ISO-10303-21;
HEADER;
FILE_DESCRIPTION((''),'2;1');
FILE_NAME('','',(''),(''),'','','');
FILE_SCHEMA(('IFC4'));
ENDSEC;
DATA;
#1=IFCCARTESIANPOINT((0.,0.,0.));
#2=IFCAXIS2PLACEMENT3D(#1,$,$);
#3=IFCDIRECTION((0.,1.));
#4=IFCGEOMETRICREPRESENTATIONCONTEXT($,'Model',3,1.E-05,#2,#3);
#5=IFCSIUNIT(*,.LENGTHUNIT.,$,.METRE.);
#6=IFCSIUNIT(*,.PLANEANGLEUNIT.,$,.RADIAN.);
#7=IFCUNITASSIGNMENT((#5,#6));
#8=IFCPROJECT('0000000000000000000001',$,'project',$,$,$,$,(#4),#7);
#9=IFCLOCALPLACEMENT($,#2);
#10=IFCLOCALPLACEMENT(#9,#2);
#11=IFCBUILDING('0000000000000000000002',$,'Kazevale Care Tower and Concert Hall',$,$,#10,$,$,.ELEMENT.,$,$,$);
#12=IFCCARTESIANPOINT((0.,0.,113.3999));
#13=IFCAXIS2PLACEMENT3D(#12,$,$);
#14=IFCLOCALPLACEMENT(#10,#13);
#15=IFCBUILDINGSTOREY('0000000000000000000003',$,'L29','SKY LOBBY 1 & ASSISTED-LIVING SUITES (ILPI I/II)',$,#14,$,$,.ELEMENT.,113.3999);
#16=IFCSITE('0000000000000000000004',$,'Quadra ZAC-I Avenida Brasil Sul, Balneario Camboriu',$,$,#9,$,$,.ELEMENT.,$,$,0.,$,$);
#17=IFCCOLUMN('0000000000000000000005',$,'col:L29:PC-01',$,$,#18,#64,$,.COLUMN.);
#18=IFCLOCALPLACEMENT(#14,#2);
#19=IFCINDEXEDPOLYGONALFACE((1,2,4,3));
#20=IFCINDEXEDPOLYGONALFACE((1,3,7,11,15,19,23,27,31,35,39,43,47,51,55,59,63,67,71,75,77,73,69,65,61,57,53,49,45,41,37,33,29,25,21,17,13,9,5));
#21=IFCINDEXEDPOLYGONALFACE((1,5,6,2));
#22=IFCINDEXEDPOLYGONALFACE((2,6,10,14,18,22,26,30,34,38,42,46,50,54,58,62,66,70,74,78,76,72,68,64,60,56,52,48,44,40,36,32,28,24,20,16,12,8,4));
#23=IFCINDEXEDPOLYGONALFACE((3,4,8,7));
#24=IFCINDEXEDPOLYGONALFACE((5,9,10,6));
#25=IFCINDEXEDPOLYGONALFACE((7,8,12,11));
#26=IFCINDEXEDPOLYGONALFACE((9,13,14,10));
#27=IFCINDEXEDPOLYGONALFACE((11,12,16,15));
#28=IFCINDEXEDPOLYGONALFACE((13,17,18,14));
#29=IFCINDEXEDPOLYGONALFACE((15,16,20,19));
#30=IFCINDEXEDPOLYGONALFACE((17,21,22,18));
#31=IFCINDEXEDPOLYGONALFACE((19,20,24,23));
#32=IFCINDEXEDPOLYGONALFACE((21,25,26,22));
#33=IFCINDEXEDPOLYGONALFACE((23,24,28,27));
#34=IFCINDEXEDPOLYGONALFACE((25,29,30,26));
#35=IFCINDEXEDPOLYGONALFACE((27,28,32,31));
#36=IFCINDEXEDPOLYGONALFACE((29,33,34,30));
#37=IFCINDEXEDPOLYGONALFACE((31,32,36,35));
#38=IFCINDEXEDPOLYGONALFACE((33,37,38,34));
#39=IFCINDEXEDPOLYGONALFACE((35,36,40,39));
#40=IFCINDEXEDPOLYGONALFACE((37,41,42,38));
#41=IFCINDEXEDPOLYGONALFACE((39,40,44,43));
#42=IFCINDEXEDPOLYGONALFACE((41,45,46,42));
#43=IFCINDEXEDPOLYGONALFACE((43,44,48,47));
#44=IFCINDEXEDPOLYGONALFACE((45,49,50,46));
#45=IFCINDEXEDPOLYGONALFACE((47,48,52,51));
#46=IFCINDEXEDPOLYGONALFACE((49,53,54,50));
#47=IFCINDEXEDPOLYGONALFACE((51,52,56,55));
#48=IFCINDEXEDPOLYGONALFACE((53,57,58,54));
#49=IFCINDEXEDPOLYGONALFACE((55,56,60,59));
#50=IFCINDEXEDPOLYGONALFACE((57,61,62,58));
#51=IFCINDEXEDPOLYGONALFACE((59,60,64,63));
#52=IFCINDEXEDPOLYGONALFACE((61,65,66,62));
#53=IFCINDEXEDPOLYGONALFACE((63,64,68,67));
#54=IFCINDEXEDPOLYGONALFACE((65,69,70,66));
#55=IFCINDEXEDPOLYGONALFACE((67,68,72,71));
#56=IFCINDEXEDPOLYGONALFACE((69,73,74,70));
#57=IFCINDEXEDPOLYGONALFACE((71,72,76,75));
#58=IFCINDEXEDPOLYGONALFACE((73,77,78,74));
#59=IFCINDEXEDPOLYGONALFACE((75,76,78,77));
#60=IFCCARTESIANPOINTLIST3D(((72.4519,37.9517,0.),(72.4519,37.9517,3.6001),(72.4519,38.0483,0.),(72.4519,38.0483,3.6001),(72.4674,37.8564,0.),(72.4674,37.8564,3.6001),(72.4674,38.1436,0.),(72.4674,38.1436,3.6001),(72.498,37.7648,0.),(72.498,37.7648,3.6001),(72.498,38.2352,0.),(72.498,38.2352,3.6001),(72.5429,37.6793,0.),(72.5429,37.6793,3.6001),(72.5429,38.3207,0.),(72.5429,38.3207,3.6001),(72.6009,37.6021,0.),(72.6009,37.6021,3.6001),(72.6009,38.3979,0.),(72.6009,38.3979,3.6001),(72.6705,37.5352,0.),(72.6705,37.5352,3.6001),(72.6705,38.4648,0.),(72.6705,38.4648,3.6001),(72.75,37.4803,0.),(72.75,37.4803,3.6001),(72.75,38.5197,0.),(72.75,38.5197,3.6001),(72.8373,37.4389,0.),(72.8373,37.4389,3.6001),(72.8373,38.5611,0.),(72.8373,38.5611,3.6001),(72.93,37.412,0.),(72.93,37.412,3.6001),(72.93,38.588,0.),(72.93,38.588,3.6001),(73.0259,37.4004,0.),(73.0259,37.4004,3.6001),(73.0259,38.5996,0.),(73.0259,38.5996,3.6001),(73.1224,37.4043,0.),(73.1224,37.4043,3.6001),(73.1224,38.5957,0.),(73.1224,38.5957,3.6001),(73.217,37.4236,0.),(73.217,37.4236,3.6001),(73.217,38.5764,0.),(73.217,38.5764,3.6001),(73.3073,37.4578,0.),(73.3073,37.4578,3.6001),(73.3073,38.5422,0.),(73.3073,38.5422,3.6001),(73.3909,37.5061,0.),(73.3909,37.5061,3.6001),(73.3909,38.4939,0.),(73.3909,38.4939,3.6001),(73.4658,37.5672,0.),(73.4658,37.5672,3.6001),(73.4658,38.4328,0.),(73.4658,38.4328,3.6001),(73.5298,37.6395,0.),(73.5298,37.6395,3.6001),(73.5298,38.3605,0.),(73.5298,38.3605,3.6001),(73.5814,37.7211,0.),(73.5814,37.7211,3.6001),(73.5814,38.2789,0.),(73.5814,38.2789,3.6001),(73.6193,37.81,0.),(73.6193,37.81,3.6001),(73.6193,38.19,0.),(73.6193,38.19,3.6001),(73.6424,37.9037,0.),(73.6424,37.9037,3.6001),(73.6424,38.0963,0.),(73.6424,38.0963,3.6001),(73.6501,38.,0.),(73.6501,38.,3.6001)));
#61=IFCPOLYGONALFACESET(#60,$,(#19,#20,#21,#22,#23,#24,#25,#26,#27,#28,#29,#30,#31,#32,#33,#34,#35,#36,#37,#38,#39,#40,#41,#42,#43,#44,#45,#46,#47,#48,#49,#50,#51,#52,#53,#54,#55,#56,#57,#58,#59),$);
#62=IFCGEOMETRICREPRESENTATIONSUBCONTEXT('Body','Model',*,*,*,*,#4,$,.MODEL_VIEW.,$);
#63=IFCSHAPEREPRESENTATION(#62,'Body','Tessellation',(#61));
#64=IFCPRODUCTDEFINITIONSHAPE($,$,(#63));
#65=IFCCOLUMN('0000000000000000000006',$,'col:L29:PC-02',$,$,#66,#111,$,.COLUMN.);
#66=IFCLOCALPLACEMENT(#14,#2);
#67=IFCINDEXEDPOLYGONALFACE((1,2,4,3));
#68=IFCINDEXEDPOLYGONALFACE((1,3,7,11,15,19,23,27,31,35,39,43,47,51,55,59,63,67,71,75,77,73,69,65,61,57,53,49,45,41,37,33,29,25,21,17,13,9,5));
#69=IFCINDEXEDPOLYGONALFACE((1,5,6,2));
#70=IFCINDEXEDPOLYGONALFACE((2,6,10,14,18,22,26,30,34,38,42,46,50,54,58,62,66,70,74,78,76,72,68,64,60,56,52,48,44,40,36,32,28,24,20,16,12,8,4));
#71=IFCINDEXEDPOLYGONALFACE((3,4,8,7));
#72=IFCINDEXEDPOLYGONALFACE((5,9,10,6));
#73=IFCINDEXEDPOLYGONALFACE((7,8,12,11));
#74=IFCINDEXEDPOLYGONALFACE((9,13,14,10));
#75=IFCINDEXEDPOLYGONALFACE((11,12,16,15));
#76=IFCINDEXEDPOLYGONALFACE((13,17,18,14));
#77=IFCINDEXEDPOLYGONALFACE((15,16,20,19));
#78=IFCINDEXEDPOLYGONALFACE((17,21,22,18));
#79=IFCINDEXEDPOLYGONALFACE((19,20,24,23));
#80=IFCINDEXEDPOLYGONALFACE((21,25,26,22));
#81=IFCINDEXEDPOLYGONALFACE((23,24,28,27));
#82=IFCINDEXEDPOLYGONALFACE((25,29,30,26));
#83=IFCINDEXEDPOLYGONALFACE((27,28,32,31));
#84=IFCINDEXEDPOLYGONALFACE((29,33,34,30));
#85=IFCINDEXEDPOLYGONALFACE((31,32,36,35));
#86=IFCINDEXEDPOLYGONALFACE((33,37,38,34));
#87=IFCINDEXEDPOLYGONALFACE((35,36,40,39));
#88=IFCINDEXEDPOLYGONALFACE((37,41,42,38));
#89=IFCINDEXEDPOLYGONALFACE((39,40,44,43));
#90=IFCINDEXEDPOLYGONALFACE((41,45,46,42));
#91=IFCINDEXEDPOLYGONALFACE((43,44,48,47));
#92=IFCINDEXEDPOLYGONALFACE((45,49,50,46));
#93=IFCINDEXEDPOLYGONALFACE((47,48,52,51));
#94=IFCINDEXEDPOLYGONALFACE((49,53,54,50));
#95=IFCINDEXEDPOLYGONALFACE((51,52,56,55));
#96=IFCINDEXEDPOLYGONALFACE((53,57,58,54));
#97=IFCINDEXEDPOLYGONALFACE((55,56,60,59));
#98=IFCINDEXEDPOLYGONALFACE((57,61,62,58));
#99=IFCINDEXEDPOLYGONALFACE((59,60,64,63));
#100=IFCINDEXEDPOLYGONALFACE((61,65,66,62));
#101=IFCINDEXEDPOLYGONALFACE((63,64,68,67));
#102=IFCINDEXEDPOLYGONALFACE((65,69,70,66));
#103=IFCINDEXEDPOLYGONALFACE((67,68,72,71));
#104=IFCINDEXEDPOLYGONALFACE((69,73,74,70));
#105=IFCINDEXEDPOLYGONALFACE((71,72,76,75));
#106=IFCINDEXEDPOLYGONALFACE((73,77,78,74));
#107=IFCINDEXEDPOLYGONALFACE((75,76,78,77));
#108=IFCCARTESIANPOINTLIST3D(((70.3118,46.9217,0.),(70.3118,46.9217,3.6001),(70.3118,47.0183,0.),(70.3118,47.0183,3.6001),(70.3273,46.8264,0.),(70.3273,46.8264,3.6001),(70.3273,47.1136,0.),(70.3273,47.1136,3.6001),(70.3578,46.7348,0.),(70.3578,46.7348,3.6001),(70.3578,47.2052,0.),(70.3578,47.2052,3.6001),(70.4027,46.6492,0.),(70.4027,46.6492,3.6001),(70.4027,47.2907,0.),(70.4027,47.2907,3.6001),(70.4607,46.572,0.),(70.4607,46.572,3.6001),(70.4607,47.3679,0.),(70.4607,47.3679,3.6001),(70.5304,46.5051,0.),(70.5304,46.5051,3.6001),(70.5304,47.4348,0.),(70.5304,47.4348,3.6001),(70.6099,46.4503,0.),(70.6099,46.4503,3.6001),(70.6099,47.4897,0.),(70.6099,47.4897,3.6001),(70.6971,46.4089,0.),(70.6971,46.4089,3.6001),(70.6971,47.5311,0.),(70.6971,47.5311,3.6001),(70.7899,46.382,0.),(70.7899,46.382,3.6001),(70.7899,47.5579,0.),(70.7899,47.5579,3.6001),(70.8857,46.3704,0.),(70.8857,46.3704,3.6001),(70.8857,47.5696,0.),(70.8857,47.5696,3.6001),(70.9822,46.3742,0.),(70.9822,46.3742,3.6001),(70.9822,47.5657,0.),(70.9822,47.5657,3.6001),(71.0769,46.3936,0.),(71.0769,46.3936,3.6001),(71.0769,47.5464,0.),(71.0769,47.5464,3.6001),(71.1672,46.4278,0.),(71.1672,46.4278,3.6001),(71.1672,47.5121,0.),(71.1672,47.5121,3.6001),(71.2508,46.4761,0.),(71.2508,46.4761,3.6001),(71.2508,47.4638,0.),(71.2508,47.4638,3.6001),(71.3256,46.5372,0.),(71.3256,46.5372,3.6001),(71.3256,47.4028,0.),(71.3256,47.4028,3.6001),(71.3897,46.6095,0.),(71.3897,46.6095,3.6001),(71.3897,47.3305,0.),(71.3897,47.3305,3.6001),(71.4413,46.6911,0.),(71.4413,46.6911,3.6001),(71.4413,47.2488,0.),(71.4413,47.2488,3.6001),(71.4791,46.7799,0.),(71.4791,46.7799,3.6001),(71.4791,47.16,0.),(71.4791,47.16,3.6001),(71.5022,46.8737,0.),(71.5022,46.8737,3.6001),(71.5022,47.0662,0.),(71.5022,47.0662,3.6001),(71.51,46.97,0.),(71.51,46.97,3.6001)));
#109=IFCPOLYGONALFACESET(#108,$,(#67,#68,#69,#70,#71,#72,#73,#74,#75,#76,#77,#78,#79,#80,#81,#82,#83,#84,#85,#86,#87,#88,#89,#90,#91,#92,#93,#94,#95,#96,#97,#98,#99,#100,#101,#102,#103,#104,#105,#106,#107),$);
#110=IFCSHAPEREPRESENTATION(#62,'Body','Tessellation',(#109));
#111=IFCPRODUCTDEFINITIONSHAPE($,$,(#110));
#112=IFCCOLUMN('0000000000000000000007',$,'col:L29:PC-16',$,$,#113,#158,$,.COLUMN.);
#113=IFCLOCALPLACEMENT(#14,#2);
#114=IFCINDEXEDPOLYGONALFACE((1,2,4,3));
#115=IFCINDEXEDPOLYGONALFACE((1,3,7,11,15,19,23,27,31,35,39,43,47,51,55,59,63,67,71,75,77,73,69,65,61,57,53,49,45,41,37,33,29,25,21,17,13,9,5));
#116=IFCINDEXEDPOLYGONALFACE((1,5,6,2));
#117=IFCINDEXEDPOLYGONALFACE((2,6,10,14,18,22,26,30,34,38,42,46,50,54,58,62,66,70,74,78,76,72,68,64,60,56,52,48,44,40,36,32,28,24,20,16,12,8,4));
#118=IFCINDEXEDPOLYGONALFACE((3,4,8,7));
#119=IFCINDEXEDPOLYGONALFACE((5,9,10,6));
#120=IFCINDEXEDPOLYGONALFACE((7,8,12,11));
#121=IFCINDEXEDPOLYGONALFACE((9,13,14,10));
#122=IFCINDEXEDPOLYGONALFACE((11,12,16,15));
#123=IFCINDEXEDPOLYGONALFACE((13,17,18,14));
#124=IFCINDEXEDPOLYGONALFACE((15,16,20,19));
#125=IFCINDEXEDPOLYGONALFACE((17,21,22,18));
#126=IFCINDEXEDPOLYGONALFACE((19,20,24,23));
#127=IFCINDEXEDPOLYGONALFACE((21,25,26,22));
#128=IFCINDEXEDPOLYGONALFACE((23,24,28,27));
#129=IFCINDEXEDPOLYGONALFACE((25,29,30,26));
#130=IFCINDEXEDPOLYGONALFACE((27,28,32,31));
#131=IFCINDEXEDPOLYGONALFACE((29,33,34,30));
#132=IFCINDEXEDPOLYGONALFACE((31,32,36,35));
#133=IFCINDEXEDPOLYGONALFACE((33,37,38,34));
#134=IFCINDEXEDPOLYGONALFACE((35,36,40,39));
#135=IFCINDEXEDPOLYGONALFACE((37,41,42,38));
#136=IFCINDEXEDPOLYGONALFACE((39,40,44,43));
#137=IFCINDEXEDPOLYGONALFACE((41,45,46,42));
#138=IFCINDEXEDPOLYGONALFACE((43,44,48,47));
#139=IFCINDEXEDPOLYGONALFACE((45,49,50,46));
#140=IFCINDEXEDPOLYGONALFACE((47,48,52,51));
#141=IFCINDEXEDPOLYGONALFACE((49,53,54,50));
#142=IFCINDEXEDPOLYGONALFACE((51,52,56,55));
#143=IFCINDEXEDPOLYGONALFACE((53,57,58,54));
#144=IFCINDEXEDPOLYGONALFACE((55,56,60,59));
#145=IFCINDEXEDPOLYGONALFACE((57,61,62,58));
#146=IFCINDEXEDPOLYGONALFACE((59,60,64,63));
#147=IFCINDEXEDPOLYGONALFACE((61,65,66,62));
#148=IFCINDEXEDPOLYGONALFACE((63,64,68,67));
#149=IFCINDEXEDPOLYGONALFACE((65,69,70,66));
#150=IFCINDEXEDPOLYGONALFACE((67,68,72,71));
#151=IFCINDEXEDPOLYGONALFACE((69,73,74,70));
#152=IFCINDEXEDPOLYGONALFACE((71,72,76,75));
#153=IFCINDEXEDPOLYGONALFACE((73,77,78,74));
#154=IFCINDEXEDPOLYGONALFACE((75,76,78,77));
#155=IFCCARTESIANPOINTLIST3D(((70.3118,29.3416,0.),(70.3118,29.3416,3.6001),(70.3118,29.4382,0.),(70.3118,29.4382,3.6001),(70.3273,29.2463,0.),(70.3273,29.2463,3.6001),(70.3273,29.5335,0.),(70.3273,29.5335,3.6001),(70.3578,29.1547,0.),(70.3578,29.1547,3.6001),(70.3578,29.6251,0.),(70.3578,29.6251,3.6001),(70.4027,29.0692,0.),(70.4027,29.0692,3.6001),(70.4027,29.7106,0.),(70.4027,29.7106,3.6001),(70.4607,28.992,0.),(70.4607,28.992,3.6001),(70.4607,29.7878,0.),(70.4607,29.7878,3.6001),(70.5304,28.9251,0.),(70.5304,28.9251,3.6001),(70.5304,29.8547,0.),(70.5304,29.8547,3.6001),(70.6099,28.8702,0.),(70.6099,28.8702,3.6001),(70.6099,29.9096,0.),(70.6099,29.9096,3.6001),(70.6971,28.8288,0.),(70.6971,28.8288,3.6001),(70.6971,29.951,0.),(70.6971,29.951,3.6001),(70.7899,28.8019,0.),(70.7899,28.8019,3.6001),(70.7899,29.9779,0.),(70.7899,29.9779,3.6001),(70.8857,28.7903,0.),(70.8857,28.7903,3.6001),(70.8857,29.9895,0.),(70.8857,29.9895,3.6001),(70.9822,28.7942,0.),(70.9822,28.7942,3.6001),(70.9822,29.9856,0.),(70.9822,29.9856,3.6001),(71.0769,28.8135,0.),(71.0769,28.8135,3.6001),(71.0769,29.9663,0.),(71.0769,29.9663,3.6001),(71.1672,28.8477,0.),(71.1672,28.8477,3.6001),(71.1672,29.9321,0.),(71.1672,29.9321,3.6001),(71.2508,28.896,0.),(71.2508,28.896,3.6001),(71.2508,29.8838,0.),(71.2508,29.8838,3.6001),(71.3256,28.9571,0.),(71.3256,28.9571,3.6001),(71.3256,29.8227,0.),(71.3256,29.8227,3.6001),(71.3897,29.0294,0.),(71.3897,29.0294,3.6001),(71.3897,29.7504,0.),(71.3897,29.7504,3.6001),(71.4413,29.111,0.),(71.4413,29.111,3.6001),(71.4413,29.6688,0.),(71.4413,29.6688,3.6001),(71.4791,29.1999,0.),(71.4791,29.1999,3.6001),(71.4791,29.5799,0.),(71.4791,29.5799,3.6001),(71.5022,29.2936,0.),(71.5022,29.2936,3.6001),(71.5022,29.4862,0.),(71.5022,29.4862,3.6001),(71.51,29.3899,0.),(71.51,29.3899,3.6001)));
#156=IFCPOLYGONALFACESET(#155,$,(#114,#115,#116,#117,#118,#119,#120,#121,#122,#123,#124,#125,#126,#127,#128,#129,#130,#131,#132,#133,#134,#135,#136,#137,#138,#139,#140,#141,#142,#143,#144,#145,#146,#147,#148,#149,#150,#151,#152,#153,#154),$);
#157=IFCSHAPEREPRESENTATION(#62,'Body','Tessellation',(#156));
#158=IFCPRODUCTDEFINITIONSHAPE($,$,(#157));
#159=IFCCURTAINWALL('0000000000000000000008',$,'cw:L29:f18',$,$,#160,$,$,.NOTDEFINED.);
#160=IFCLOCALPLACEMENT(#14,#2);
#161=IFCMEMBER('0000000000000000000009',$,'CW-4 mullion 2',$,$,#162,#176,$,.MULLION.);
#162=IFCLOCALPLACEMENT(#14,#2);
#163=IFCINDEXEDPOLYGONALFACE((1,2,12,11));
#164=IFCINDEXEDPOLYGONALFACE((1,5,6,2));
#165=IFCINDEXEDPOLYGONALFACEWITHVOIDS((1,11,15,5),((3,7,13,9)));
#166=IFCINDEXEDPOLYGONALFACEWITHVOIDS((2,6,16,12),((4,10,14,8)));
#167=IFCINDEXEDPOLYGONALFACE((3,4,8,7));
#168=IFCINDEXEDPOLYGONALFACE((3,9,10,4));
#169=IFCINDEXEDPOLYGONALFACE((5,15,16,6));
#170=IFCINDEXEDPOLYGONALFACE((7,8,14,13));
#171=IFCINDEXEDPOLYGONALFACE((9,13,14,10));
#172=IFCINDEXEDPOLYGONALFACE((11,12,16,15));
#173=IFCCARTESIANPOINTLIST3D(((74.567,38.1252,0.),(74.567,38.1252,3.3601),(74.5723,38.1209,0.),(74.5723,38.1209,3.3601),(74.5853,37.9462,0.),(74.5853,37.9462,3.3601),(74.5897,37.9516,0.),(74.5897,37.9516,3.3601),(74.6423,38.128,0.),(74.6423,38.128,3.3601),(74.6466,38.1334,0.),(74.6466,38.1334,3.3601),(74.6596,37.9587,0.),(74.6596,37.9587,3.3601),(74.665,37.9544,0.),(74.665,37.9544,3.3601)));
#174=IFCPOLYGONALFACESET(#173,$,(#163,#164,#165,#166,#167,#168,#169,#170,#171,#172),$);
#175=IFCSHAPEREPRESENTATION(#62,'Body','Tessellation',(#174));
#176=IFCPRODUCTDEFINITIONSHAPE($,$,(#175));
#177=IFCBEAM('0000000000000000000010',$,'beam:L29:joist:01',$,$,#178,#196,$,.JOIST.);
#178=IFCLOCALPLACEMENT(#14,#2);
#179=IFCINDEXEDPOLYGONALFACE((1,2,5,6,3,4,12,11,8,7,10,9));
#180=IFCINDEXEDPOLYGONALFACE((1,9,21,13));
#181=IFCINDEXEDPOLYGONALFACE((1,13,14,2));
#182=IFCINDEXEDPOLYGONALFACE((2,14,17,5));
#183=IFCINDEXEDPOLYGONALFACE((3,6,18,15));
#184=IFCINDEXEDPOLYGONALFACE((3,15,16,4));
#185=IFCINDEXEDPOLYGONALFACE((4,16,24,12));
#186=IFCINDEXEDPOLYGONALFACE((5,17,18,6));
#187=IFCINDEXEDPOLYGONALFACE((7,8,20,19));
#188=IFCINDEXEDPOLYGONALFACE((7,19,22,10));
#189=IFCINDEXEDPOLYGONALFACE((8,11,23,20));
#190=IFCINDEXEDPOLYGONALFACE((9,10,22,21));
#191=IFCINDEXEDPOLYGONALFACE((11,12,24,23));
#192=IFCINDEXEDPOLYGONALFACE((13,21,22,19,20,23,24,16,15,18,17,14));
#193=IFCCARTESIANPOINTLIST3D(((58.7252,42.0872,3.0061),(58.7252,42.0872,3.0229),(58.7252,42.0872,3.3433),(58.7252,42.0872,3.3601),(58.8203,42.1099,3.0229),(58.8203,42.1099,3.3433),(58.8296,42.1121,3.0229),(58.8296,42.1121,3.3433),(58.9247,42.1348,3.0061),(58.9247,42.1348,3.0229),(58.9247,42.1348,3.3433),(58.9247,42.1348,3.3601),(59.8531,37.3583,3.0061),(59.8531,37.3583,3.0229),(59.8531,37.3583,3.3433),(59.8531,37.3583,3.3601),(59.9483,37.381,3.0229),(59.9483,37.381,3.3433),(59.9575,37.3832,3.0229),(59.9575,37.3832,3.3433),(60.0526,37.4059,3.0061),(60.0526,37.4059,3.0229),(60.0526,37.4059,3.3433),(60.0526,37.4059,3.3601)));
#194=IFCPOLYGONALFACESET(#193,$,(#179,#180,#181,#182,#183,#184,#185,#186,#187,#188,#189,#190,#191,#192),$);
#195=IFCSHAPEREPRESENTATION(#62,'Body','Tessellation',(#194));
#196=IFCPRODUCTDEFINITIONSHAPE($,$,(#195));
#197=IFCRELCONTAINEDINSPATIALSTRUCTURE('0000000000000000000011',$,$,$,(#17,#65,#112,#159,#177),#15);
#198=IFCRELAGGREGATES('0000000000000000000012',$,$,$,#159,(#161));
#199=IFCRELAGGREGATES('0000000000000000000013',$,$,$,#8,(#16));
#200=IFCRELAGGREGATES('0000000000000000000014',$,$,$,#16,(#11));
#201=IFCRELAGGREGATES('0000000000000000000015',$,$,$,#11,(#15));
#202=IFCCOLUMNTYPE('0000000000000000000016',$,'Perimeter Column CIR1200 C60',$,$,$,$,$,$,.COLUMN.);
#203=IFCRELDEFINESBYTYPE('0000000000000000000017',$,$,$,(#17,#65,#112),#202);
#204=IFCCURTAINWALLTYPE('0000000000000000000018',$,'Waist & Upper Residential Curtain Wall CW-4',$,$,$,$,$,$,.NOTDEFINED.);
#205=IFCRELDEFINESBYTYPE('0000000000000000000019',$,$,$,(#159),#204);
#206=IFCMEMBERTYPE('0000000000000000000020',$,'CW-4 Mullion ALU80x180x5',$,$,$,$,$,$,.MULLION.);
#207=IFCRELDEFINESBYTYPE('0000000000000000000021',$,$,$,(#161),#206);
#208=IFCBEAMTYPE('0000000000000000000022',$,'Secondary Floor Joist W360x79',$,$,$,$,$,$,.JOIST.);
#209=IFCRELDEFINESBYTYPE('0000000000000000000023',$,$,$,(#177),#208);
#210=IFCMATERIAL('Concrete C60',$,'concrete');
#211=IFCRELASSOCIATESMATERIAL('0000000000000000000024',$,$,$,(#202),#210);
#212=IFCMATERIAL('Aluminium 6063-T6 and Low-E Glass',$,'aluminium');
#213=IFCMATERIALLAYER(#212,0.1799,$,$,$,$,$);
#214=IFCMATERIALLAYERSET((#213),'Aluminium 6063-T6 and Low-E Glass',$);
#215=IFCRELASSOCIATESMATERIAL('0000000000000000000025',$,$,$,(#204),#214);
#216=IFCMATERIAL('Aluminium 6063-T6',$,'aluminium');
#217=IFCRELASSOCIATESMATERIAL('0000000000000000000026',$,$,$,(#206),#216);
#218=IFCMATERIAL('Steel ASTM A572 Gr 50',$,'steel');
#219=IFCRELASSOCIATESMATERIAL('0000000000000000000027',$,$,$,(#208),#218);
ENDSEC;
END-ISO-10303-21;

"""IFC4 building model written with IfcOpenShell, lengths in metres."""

from ifc_helpers import new_model, si_unit, direction, frame, origin, origin_2d, place, context, subcontext, project, spatial, hollow_rectangle, circle, i_section, extrude, material, layer, layer_set, material_profile, profile_set, type_object, element, aggregate, save


model = new_model("IFC4")

# Units and contexts
model_context = context("Model", 3, precision=1e-05, world=origin(), true_north=direction((0.0, 1.0)))
body_context = subcontext(model_context, "Body", "Model", "MODEL_VIEW")
ifc_project = project(units=[si_unit("LENGTHUNIT", "METRE"), si_unit("PLANEANGLEUNIT", "RADIAN")], contexts=[model_context])

# Site, building, storey
site_placement = place(None, origin())
site = spatial("IfcSite", under=ifc_project, at=site_placement, Name="Quadra ZAC-I Avenida Brasil Sul, Balneario Camboriu", CompositionType="ELEMENT", RefElevation=0.0)
building_placement = place(site_placement, origin())
building = spatial("IfcBuilding", under=site, at=building_placement, Name="Kazevale Care Tower and Concert Hall", CompositionType="ELEMENT")
storey_placement = place(building_placement, frame((0.0, 0.0, 113.3999)))
storey = spatial("IfcBuildingStorey", under=building, at=storey_placement, Name="L29", Description="SKY LOBBY 1 & ASSISTED-LIVING SUITES (ILPI I/II)", CompositionType="ELEMENT", Elevation=113.3999)

# Columns
ifc_material_1 = material(Name="Concrete C60", Category="concrete")
ifc_material_profile_1 = material_profile(ifc_material_1, circle(Radius=0.6001, at=origin_2d()), Name="RC-CIR1200")
ifc_profile_set_1 = profile_set([ifc_material_profile_1], Name="Concrete C60")
column_type = type_object("IfcColumnType", Name="Perimeter Column CIR1200 C60", PredefinedType="COLUMN", material=ifc_profile_set_1)
for number, where, z_axis, x_axis, name in (
    (1, (73.05, 38.0, 0.0), (0.0, 0.0, 1.0), (1.0, 0.0, 0.0), "col:L29:PC-01"),
    (2, (70.9099, 46.97, 0.0), (0.0, 0.0, 1.0), (1.0, 0.0, 0.0), "col:L29:PC-02"),
    (3, (70.9099, 29.3899, 0.0), (0.0, 0.0, 1.0), (1.0, 0.0, 0.0), "col:L29:PC-16"),
):
    element("IfcColumn", number, at=place(storey_placement, frame(where, z_axis=z_axis, x_axis=x_axis)), inside=storey, type_object=column_type, Name=name, PredefinedType="COLUMN", context=body_context, shape_type="SweptSolid", body=[
        extrude(circle(Radius=0.6001, at=origin_2d()), origin(), (0.0, 0.0, 1.0), 3.6001),
    ])

# Curtain wall, member
ifc_material_2 = material(Name="Aluminium 6063-T6 and Low-E Glass", Category="aluminium")
ifc_layer_1 = layer(ifc_material_2, 0.1799)
ifc_layer_set_1 = layer_set([ifc_layer_1], Name="Aluminium 6063-T6 and Low-E Glass")
curtain_wall_type = type_object("IfcCurtainWallType", Name="Waist & Upper Residential Curtain Wall CW-4", PredefinedType="NOTDEFINED", material=ifc_layer_set_1)
curtain_wall_placement = place(storey_placement, origin())
curtain_wall = element("IfcCurtainWall", 4, at=curtain_wall_placement, inside=storey, type_object=curtain_wall_type, Name="cw:L29:f18", PredefinedType="NOTDEFINED")
ifc_material_3 = material(Name="Aluminium 6063-T6", Category="aluminium")
ifc_material_profile_2 = material_profile(ifc_material_3, hollow_rectangle(XDim=0.0801, YDim=0.1799, WallThickness=0.0049, at=origin_2d()), Name="ALU80x180x5")
ifc_profile_set_2 = profile_set([ifc_material_profile_2], Name="Aluminium 6063-T6")
member_type = type_object("IfcMemberType", Name="CW-4 Mullion ALU80x180x5", PredefinedType="MULLION", material=ifc_profile_set_2)
member_placement = place(storey_placement, frame((74.616, 38.0398, 0.0), z_axis=(0.0, 0.0, 1.0), x_axis=(0.994798, 0.10187, 0.0)))
member = element("IfcMember", 5, at=member_placement, type_object=member_type, Name="CW-4 mullion 2", PredefinedType="MULLION", context=body_context, shape_type="SweptSolid", body=[
    extrude(hollow_rectangle(XDim=0.0801, YDim=0.1799, WallThickness=0.0049, at=origin_2d()), origin(), (0.0, 0.0, 1.0), 3.3601),
])

# Beam
ifc_material_4 = material(Name="Steel ASTM A572 Gr 50", Category="steel")
ifc_material_profile_3 = material_profile(ifc_material_4, i_section(OverallWidth=0.2051, OverallDepth=0.354, WebThickness=0.0095, FlangeThickness=0.0168, at=origin_2d()), Name="W360x79")
ifc_profile_set_3 = profile_set([ifc_material_profile_3], Name="Steel ASTM A572 Gr 50")
beam_type_1 = type_object("IfcBeamType", Name="Secondary Floor Joist W360x79", PredefinedType="JOIST", material=ifc_profile_set_3)
beam_1_placement = place(storey_placement, frame((59.9529, 37.3821, 3.1831), z_axis=(-0.232005, 0.972715, 0.0), x_axis=(-0.972715, -0.232005, 0.0)))
element("IfcBeam", 6, at=beam_1_placement, inside=storey, type_object=beam_type_1, Name="beam:L29:joist:01", PredefinedType="JOIST", context=body_context, shape_type="SweptSolid", body=[
    extrude(i_section(OverallWidth=0.2051, OverallDepth=0.354, WebThickness=0.0095, FlangeThickness=0.0168, at=origin_2d()), origin(), (0.0, 0.0, 1.0), 4.8616),
])

aggregate(curtain_wall, [member])

save(model, "model.ifc")
